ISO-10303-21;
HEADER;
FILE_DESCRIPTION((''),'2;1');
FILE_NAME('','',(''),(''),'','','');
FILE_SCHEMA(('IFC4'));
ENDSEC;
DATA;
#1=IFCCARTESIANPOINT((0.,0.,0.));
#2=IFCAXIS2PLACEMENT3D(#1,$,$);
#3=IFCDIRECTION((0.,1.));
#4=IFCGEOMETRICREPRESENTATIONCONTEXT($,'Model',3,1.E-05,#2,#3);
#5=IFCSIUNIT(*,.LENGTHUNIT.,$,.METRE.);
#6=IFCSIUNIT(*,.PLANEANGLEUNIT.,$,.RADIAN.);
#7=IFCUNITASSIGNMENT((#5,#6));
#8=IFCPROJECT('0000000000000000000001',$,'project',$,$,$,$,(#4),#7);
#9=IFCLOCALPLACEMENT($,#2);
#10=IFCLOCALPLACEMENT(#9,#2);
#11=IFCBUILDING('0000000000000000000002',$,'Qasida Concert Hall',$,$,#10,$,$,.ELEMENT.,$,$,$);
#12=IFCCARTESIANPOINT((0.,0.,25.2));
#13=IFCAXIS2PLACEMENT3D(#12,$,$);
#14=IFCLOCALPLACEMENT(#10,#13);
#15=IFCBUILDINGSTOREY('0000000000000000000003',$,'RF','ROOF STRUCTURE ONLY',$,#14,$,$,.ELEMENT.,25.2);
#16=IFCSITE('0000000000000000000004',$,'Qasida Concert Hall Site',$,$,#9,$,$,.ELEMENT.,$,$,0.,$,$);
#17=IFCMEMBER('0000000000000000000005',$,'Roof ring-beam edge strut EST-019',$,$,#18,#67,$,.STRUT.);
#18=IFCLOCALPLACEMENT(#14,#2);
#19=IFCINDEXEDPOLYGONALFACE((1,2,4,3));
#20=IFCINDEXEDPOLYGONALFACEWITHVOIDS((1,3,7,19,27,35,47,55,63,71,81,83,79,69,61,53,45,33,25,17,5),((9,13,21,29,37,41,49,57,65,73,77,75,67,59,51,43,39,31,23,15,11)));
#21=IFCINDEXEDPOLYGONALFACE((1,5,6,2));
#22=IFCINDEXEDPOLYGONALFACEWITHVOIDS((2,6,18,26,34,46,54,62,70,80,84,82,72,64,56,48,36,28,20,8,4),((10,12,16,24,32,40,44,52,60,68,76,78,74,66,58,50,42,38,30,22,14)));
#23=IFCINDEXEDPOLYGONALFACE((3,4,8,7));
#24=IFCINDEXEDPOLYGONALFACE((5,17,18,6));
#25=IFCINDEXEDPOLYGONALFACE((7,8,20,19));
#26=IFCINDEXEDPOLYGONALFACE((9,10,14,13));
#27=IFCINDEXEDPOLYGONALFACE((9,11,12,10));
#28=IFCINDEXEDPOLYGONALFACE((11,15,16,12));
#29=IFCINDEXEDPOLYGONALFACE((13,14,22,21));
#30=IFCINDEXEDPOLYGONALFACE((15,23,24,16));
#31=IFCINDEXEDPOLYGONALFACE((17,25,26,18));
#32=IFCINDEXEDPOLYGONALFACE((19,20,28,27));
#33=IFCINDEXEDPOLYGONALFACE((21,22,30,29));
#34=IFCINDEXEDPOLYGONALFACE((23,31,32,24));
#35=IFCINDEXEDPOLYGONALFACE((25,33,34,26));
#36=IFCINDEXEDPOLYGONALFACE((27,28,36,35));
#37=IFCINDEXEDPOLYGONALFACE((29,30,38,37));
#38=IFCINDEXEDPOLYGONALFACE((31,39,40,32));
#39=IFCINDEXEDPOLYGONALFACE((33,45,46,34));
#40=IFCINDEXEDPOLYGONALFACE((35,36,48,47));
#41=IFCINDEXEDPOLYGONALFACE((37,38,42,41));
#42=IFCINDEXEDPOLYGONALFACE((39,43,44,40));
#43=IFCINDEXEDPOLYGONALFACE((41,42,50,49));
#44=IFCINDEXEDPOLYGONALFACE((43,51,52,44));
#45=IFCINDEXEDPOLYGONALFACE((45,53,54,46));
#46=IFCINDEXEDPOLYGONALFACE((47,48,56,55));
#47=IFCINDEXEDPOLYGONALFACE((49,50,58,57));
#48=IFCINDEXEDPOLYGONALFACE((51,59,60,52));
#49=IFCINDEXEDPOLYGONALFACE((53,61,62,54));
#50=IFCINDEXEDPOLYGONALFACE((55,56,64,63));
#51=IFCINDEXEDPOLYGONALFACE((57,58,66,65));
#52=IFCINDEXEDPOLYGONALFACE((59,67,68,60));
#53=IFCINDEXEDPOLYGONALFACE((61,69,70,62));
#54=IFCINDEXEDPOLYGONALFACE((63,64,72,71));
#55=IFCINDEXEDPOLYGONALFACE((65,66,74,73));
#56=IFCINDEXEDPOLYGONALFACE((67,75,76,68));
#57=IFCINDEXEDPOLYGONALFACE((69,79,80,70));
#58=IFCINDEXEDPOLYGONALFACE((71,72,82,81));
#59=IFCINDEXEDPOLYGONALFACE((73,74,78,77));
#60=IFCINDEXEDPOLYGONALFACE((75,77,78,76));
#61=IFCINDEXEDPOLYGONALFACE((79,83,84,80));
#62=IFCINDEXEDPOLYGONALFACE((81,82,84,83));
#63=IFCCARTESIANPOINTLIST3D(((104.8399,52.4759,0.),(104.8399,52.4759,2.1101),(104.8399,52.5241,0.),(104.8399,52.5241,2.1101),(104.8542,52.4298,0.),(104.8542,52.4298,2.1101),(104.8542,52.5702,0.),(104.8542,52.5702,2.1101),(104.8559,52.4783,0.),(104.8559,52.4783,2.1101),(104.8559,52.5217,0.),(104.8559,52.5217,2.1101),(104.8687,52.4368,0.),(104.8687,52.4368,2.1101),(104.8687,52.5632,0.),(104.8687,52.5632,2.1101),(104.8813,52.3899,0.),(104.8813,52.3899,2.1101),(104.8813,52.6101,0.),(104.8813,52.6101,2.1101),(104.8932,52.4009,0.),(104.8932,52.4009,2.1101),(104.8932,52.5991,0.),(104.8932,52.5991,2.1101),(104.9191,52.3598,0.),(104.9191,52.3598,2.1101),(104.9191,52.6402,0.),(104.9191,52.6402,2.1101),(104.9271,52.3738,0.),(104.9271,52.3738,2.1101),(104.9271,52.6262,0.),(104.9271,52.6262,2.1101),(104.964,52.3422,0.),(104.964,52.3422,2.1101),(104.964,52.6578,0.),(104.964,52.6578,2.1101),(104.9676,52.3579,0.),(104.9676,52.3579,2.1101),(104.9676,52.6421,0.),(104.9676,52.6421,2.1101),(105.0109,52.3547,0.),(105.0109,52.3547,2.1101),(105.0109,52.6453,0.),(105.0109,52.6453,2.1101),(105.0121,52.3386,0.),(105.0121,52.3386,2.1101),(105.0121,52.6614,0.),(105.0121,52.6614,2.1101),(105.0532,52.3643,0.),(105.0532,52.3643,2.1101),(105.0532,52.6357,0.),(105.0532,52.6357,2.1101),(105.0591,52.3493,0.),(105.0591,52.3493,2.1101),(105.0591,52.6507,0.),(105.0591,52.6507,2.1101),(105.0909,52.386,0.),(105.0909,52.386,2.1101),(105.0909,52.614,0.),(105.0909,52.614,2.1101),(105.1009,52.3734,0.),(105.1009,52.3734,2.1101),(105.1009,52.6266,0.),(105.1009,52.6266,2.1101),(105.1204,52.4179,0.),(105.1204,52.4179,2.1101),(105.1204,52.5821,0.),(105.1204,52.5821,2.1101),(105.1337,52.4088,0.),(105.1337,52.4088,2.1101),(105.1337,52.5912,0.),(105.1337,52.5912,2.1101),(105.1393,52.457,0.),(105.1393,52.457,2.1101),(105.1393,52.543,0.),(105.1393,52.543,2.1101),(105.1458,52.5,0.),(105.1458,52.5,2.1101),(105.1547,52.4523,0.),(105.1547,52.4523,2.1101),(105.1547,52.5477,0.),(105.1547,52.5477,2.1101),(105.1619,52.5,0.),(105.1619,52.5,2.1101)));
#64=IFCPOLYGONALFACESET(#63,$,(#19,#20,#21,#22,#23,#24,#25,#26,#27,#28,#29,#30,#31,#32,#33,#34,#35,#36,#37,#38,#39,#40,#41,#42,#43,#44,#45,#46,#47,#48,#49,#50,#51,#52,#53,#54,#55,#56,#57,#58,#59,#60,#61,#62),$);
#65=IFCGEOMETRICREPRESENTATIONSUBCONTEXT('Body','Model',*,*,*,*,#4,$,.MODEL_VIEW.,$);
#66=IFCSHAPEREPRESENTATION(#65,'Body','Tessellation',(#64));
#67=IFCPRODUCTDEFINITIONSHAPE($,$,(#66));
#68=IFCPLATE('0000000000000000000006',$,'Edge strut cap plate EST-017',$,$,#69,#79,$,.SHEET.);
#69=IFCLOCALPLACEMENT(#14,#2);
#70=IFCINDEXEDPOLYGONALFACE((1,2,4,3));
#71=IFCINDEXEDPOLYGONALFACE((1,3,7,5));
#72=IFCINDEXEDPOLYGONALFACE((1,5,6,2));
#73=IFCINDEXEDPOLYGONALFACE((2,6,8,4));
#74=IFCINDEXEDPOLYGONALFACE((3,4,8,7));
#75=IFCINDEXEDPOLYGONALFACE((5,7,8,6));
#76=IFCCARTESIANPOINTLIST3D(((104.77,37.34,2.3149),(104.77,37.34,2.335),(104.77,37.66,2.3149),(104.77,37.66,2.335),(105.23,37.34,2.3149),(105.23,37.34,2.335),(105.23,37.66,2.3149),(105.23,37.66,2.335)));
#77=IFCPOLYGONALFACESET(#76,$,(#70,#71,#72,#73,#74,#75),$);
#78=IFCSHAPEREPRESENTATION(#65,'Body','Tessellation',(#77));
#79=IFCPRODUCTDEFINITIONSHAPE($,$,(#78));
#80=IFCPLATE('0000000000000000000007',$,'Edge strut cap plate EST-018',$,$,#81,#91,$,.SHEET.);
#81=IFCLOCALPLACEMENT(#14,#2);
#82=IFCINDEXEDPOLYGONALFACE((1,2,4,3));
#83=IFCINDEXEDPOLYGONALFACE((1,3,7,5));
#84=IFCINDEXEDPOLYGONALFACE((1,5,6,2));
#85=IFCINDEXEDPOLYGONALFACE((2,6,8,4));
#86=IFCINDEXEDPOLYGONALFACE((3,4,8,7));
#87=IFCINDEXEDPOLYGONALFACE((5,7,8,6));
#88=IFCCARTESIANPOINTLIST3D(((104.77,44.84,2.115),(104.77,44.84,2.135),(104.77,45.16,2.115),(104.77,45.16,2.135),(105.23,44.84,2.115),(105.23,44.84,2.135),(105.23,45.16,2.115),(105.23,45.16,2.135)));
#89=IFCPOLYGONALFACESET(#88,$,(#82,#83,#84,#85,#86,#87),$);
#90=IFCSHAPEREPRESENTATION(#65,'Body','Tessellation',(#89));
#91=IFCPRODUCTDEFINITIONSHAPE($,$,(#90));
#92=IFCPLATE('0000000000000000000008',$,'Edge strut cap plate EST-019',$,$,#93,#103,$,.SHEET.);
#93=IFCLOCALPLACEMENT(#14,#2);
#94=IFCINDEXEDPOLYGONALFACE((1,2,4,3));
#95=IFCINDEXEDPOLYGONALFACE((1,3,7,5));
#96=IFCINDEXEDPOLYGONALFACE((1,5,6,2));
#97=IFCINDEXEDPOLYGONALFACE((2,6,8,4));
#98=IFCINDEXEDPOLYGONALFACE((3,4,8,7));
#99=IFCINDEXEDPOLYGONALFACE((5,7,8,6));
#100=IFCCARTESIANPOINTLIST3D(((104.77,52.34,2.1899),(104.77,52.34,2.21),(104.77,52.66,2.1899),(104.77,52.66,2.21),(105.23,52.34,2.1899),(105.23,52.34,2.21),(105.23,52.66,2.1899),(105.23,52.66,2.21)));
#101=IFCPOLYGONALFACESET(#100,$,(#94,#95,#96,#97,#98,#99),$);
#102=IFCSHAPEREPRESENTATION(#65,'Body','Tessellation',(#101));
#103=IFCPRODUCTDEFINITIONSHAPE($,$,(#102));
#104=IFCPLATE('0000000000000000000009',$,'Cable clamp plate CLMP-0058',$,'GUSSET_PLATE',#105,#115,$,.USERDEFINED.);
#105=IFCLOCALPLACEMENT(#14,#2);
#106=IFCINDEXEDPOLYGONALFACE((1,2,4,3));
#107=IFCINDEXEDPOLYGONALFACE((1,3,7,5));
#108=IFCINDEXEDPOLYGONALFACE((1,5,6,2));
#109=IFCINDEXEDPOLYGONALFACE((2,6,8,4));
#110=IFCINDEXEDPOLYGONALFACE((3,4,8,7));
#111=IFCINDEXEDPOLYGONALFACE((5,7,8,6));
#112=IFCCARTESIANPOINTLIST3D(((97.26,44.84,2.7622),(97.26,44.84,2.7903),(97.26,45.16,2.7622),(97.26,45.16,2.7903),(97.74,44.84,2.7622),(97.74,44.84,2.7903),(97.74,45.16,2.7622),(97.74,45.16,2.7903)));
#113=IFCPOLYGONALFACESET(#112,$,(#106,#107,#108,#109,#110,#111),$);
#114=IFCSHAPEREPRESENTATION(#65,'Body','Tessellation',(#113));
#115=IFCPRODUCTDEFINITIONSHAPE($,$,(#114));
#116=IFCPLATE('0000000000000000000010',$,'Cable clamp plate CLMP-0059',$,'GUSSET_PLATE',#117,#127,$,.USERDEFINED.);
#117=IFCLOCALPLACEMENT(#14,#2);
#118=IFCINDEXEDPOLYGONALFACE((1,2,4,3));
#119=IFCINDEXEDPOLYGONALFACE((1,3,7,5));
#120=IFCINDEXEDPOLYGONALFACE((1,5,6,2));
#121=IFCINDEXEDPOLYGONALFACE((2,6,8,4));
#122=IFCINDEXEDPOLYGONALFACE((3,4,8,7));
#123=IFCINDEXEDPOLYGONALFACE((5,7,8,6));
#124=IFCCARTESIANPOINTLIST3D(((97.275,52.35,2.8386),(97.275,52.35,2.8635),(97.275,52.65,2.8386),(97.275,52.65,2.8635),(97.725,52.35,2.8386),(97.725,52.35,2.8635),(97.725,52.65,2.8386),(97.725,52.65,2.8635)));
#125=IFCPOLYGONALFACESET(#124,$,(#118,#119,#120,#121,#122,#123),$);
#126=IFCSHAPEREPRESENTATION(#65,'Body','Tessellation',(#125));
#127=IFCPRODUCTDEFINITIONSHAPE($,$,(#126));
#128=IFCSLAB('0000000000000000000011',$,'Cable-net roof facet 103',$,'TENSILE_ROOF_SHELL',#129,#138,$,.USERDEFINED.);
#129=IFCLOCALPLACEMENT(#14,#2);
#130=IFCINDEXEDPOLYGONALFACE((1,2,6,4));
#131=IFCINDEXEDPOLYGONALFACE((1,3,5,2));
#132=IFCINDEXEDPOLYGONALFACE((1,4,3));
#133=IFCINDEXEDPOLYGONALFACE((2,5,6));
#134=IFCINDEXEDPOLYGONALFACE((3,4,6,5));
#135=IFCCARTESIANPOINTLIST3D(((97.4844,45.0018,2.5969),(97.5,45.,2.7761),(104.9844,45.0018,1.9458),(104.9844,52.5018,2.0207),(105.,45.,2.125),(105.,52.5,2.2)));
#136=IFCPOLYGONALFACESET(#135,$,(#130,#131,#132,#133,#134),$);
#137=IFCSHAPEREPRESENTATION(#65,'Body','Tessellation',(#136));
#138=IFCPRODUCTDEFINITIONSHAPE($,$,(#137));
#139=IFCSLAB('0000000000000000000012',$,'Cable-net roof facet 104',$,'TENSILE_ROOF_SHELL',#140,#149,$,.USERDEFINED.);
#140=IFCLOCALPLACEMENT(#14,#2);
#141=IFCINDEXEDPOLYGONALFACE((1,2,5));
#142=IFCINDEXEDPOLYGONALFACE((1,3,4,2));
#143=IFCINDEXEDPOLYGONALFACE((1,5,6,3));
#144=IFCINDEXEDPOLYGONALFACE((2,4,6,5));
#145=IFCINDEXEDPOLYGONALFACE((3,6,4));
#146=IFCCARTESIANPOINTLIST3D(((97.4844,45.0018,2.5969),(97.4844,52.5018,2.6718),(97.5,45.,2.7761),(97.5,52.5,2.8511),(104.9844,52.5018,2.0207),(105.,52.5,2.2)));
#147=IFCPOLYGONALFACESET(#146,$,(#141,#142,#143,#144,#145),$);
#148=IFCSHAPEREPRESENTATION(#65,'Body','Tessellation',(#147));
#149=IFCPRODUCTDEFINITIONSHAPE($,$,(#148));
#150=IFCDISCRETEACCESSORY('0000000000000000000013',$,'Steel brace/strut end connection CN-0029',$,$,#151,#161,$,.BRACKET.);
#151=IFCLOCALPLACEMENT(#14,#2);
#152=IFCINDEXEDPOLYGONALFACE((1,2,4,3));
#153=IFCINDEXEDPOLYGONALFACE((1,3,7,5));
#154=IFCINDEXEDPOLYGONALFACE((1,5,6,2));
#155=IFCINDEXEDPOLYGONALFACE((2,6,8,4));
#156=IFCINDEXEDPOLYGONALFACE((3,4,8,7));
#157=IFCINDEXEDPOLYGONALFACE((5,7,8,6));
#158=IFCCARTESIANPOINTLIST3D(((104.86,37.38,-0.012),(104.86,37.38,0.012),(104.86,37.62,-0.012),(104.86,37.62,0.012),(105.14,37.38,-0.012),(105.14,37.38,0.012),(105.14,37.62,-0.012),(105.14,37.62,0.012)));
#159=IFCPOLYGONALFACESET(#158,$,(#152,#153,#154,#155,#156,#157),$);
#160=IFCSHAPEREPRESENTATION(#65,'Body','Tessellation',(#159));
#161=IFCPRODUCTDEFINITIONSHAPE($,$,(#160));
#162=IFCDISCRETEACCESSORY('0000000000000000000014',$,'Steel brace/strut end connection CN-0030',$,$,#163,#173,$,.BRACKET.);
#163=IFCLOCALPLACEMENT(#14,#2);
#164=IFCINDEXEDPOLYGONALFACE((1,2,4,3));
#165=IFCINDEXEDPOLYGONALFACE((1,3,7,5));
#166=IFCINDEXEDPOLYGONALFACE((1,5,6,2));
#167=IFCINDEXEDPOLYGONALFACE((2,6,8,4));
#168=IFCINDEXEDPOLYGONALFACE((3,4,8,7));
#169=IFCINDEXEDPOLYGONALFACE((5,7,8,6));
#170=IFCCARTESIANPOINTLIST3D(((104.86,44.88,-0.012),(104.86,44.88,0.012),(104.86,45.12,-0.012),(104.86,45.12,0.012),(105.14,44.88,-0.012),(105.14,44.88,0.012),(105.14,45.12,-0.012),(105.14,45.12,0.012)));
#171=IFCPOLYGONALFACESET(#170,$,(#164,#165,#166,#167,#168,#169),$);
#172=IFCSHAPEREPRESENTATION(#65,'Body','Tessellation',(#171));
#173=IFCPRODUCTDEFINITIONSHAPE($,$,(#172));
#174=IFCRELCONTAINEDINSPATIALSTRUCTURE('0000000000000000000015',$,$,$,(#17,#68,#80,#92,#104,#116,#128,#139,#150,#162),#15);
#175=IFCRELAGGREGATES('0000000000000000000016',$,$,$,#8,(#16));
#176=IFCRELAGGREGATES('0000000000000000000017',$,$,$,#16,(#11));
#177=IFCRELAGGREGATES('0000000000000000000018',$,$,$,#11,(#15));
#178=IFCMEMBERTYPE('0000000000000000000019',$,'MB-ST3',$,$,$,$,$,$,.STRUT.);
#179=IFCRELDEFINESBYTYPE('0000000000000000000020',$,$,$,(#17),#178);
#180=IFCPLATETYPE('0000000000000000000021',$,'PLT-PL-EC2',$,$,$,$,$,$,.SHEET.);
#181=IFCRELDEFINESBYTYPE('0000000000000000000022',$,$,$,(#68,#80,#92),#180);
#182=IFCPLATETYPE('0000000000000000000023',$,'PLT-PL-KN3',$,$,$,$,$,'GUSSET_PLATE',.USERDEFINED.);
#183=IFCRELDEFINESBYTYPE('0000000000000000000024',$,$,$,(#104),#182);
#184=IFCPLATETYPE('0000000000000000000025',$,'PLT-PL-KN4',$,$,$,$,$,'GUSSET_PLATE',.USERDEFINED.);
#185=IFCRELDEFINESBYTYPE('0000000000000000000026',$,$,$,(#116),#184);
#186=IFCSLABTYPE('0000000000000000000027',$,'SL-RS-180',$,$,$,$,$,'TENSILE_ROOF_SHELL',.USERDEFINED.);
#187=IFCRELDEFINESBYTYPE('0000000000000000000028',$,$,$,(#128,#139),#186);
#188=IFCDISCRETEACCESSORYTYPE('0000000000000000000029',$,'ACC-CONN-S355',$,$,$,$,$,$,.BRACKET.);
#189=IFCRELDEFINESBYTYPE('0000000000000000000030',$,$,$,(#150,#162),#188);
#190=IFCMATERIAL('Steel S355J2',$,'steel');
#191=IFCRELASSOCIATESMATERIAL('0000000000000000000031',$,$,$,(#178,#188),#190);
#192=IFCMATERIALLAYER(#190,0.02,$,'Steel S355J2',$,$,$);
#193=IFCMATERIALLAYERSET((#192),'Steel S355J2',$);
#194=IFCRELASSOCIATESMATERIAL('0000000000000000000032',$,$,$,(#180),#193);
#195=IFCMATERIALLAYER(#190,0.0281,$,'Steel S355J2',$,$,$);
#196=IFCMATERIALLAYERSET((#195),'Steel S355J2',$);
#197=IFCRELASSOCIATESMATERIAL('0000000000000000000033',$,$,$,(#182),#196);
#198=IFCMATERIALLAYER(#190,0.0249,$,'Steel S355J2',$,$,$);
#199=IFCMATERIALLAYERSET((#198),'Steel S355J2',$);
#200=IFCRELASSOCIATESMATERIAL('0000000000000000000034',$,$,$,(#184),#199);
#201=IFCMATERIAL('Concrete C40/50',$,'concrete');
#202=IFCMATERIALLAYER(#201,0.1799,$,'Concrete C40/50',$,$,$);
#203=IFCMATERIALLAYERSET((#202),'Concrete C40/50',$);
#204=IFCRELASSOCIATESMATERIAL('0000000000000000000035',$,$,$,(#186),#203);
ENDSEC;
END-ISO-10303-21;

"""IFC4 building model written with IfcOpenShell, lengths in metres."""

from ifc_helpers import new_model, si_unit, direction, frame, origin, origin_2d, place, context, subcontext, project, spatial, polyline, rectangle, hollow_circle, outline, extrude, material, layer, layer_set, material_profile, profile_set, type_object, element, save


model = new_model("IFC4")

# Units and contexts
model_context = context("Model", 3, precision=1e-05, world=origin(), true_north=direction((0.0, 1.0)))
body_context = subcontext(model_context, "Body", "Model", "MODEL_VIEW")
ifc_project = project(units=[si_unit("LENGTHUNIT", "METRE"), si_unit("PLANEANGLEUNIT", "RADIAN")], contexts=[model_context])

# Site, building, storey
site_placement = place(None, origin())
site = spatial("IfcSite", under=ifc_project, at=site_placement, Name="Qasida Concert Hall Site", CompositionType="ELEMENT", RefElevation=0.0)
building_placement = place(site_placement, origin())
building = spatial("IfcBuilding", under=site, at=building_placement, Name="Qasida Concert Hall", CompositionType="ELEMENT")
storey_placement = place(building_placement, frame((0.0, 0.0, 25.2)))
storey = spatial("IfcBuildingStorey", under=building, at=storey_placement, Name="RF", Description="ROOF STRUCTURE ONLY", CompositionType="ELEMENT", Elevation=25.2)

# Member
ifc_material_1 = material(Name="Steel S355J2", Category="steel")
ifc_material_profile_1 = material_profile(ifc_material_1, hollow_circle(Radius=0.1619, WallThickness=0.0161, at=origin_2d()), Name="CHS 323.9x16")
ifc_profile_set_1 = profile_set([ifc_material_profile_1], Name="Steel S355J2")
member_type_1 = type_object("IfcMemberType", Name="MB-ST3", PredefinedType="STRUT", material=ifc_profile_set_1)
member_1_placement = place(storey_placement, frame((105.0, 52.5, 0.0), z_axis=(0.0, 0.0, 1.0), x_axis=(1.0, 0.0, 0.0)))
element("IfcMember", 1, at=member_1_placement, inside=storey, type_object=member_type_1, Name="Roof ring-beam edge strut EST-019", PredefinedType="STRUT", context=body_context, shape_type="SweptSolid", body=[
    extrude(hollow_circle(Radius=0.1619, WallThickness=0.0161, at=origin_2d()), origin(), (0.0, 0.0, 1.0), 2.1101),
])

# Plates
ifc_layer_1 = layer(ifc_material_1, 0.02, Name="Steel S355J2")
ifc_layer_set_1 = layer_set([ifc_layer_1], Name="Steel S355J2")
plate_type_1 = type_object("IfcPlateType", Name="PLT-PL-EC2", PredefinedType="SHEET", material=ifc_layer_set_1)
for number, where, z_axis, x_axis, name in (
    (2, (105.0, 37.5, 2.3149), (0.0, 0.0, 1.0), (1.0, 0.0, 0.0), "Edge strut cap plate EST-017"),
    (3, (105.0, 45.0, 2.115), (0.0, 0.0, 1.0), (1.0, 0.0, 0.0), "Edge strut cap plate EST-018"),
    (4, (105.0, 52.5, 2.1899), (0.0, 0.0, 1.0), (1.0, 0.0, 0.0), "Edge strut cap plate EST-019"),
):
    element("IfcPlate", number, at=place(storey_placement, frame(where, z_axis=z_axis, x_axis=x_axis)), inside=storey, type_object=plate_type_1, Name=name, PredefinedType="SHEET", context=body_context, shape_type="SweptSolid", body=[
        extrude(rectangle(XDim=0.46, YDim=0.3201, at=origin_2d()), origin(), (0.0, 0.0, 1.0), 0.02),
    ])
ifc_layer_2 = layer(ifc_material_1, 0.0281, Name="Steel S355J2")
ifc_layer_set_2 = layer_set([ifc_layer_2], Name="Steel S355J2")
plate_type_2 = type_object("IfcPlateType", Name="PLT-PL-KN3", ElementType="GUSSET_PLATE", PredefinedType="USERDEFINED", material=ifc_layer_set_2)
plate_1_placement = place(storey_placement, frame((97.5, 45.0, 2.7622), z_axis=(0.0, 0.0, 1.0), x_axis=(1.0, 0.0, 0.0)))
element("IfcPlate", 5, at=plate_1_placement, inside=storey, type_object=plate_type_2, Name="Cable clamp plate CLMP-0058", ObjectType="GUSSET_PLATE", PredefinedType="USERDEFINED", context=body_context, shape_type="SweptSolid", body=[
    extrude(rectangle(XDim=0.48, YDim=0.3201, at=origin_2d()), origin(), (0.0, 0.0, 1.0), 0.0281),
])
ifc_layer_3 = layer(ifc_material_1, 0.0249, Name="Steel S355J2")
ifc_layer_set_3 = layer_set([ifc_layer_3], Name="Steel S355J2")
plate_type_3 = type_object("IfcPlateType", Name="PLT-PL-KN4", ElementType="GUSSET_PLATE", PredefinedType="USERDEFINED", material=ifc_layer_set_3)
plate_2_placement = place(storey_placement, frame((97.5, 52.5, 2.8386), z_axis=(0.0, 0.0, 1.0), x_axis=(1.0, 0.0, 0.0)))
element("IfcPlate", 6, at=plate_2_placement, inside=storey, type_object=plate_type_3, Name="Cable clamp plate CLMP-0059", ObjectType="GUSSET_PLATE", PredefinedType="USERDEFINED", context=body_context, shape_type="SweptSolid", body=[
    extrude(rectangle(XDim=0.45, YDim=0.3, at=origin_2d()), origin(), (0.0, 0.0, 1.0), 0.0249),
])

# Slabs
ifc_material_2 = material(Name="Concrete C40/50", Category="concrete")
ifc_layer_4 = layer(ifc_material_2, 0.1799, Name="Concrete C40/50")
ifc_layer_set_4 = layer_set([ifc_layer_4], Name="Concrete C40/50")
slab_type = type_object("IfcSlabType", Name="SL-RS-180", ElementType="TENSILE_ROOF_SHELL", PredefinedType="USERDEFINED", material=ifc_layer_set_4)
slab_1_placement = place(storey_placement, frame((97.5, 45.0, 2.7761), z_axis=(0.086487, -0.009956, 0.996203), x_axis=(0.996253, 0.0, -0.086491)))
element("IfcSlab", 7, at=slab_1_placement, inside=storey, type_object=slab_type, Name="Cable-net roof facet 103", ObjectType="TENSILE_ROOF_SHELL", PredefinedType="USERDEFINED", context=body_context, shape_type="SweptSolid", body=[
    extrude(outline(polyline([(0.0, 0.0), (7.5282, 0.0), (7.5217, 7.5004), (0.0, 0.0)])), origin(), (0.0, 0.0, -1.0), 0.1799),
])
slab_2_placement = place(storey_placement, frame((97.5, 45.0, 2.7761), z_axis=(0.086487, -0.009956, 0.996203), x_axis=(0.706066, 0.706066, -0.054242)))
element("IfcSlab", 8, at=slab_2_placement, inside=storey, type_object=slab_type, Name="Cable-net roof facet 104", ObjectType="TENSILE_ROOF_SHELL", PredefinedType="USERDEFINED", context=body_context, shape_type="SweptSolid", body=[
    extrude(outline(polyline([(0.0, 0.0), (10.6222, 0.0), (5.2914, 5.3157), (0.0, 0.0)])), origin(), (0.0, 0.0, -1.0), 0.1799),
])

# Discrete accessories
discrete_accessory_type = type_object("IfcDiscreteAccessoryType", Name="ACC-CONN-S355", PredefinedType="BRACKET", material=ifc_material_1)
for number, where, z_axis, x_axis, name in (
    (9, (105.0, 37.5, -0.012), (0.0, 0.0, 1.0), (1.0, 0.0, 0.0), "Steel brace/strut end connection CN-0029"),
    (10, (105.0, 45.0, -0.012), (0.0, 0.0, 1.0), (1.0, 0.0, 0.0), "Steel brace/strut end connection CN-0030"),
):
    element("IfcDiscreteAccessory", number, at=place(storey_placement, frame(where, z_axis=z_axis, x_axis=x_axis)), inside=storey, type_object=discrete_accessory_type, Name=name, PredefinedType="BRACKET", context=body_context, shape_type="SweptSolid", body=[
        extrude(rectangle(XDim=0.28, YDim=0.24, at=origin_2d()), origin(), (0.0, 0.0, 1.0), 0.0239),
    ])

save(model, "model.ifc")
